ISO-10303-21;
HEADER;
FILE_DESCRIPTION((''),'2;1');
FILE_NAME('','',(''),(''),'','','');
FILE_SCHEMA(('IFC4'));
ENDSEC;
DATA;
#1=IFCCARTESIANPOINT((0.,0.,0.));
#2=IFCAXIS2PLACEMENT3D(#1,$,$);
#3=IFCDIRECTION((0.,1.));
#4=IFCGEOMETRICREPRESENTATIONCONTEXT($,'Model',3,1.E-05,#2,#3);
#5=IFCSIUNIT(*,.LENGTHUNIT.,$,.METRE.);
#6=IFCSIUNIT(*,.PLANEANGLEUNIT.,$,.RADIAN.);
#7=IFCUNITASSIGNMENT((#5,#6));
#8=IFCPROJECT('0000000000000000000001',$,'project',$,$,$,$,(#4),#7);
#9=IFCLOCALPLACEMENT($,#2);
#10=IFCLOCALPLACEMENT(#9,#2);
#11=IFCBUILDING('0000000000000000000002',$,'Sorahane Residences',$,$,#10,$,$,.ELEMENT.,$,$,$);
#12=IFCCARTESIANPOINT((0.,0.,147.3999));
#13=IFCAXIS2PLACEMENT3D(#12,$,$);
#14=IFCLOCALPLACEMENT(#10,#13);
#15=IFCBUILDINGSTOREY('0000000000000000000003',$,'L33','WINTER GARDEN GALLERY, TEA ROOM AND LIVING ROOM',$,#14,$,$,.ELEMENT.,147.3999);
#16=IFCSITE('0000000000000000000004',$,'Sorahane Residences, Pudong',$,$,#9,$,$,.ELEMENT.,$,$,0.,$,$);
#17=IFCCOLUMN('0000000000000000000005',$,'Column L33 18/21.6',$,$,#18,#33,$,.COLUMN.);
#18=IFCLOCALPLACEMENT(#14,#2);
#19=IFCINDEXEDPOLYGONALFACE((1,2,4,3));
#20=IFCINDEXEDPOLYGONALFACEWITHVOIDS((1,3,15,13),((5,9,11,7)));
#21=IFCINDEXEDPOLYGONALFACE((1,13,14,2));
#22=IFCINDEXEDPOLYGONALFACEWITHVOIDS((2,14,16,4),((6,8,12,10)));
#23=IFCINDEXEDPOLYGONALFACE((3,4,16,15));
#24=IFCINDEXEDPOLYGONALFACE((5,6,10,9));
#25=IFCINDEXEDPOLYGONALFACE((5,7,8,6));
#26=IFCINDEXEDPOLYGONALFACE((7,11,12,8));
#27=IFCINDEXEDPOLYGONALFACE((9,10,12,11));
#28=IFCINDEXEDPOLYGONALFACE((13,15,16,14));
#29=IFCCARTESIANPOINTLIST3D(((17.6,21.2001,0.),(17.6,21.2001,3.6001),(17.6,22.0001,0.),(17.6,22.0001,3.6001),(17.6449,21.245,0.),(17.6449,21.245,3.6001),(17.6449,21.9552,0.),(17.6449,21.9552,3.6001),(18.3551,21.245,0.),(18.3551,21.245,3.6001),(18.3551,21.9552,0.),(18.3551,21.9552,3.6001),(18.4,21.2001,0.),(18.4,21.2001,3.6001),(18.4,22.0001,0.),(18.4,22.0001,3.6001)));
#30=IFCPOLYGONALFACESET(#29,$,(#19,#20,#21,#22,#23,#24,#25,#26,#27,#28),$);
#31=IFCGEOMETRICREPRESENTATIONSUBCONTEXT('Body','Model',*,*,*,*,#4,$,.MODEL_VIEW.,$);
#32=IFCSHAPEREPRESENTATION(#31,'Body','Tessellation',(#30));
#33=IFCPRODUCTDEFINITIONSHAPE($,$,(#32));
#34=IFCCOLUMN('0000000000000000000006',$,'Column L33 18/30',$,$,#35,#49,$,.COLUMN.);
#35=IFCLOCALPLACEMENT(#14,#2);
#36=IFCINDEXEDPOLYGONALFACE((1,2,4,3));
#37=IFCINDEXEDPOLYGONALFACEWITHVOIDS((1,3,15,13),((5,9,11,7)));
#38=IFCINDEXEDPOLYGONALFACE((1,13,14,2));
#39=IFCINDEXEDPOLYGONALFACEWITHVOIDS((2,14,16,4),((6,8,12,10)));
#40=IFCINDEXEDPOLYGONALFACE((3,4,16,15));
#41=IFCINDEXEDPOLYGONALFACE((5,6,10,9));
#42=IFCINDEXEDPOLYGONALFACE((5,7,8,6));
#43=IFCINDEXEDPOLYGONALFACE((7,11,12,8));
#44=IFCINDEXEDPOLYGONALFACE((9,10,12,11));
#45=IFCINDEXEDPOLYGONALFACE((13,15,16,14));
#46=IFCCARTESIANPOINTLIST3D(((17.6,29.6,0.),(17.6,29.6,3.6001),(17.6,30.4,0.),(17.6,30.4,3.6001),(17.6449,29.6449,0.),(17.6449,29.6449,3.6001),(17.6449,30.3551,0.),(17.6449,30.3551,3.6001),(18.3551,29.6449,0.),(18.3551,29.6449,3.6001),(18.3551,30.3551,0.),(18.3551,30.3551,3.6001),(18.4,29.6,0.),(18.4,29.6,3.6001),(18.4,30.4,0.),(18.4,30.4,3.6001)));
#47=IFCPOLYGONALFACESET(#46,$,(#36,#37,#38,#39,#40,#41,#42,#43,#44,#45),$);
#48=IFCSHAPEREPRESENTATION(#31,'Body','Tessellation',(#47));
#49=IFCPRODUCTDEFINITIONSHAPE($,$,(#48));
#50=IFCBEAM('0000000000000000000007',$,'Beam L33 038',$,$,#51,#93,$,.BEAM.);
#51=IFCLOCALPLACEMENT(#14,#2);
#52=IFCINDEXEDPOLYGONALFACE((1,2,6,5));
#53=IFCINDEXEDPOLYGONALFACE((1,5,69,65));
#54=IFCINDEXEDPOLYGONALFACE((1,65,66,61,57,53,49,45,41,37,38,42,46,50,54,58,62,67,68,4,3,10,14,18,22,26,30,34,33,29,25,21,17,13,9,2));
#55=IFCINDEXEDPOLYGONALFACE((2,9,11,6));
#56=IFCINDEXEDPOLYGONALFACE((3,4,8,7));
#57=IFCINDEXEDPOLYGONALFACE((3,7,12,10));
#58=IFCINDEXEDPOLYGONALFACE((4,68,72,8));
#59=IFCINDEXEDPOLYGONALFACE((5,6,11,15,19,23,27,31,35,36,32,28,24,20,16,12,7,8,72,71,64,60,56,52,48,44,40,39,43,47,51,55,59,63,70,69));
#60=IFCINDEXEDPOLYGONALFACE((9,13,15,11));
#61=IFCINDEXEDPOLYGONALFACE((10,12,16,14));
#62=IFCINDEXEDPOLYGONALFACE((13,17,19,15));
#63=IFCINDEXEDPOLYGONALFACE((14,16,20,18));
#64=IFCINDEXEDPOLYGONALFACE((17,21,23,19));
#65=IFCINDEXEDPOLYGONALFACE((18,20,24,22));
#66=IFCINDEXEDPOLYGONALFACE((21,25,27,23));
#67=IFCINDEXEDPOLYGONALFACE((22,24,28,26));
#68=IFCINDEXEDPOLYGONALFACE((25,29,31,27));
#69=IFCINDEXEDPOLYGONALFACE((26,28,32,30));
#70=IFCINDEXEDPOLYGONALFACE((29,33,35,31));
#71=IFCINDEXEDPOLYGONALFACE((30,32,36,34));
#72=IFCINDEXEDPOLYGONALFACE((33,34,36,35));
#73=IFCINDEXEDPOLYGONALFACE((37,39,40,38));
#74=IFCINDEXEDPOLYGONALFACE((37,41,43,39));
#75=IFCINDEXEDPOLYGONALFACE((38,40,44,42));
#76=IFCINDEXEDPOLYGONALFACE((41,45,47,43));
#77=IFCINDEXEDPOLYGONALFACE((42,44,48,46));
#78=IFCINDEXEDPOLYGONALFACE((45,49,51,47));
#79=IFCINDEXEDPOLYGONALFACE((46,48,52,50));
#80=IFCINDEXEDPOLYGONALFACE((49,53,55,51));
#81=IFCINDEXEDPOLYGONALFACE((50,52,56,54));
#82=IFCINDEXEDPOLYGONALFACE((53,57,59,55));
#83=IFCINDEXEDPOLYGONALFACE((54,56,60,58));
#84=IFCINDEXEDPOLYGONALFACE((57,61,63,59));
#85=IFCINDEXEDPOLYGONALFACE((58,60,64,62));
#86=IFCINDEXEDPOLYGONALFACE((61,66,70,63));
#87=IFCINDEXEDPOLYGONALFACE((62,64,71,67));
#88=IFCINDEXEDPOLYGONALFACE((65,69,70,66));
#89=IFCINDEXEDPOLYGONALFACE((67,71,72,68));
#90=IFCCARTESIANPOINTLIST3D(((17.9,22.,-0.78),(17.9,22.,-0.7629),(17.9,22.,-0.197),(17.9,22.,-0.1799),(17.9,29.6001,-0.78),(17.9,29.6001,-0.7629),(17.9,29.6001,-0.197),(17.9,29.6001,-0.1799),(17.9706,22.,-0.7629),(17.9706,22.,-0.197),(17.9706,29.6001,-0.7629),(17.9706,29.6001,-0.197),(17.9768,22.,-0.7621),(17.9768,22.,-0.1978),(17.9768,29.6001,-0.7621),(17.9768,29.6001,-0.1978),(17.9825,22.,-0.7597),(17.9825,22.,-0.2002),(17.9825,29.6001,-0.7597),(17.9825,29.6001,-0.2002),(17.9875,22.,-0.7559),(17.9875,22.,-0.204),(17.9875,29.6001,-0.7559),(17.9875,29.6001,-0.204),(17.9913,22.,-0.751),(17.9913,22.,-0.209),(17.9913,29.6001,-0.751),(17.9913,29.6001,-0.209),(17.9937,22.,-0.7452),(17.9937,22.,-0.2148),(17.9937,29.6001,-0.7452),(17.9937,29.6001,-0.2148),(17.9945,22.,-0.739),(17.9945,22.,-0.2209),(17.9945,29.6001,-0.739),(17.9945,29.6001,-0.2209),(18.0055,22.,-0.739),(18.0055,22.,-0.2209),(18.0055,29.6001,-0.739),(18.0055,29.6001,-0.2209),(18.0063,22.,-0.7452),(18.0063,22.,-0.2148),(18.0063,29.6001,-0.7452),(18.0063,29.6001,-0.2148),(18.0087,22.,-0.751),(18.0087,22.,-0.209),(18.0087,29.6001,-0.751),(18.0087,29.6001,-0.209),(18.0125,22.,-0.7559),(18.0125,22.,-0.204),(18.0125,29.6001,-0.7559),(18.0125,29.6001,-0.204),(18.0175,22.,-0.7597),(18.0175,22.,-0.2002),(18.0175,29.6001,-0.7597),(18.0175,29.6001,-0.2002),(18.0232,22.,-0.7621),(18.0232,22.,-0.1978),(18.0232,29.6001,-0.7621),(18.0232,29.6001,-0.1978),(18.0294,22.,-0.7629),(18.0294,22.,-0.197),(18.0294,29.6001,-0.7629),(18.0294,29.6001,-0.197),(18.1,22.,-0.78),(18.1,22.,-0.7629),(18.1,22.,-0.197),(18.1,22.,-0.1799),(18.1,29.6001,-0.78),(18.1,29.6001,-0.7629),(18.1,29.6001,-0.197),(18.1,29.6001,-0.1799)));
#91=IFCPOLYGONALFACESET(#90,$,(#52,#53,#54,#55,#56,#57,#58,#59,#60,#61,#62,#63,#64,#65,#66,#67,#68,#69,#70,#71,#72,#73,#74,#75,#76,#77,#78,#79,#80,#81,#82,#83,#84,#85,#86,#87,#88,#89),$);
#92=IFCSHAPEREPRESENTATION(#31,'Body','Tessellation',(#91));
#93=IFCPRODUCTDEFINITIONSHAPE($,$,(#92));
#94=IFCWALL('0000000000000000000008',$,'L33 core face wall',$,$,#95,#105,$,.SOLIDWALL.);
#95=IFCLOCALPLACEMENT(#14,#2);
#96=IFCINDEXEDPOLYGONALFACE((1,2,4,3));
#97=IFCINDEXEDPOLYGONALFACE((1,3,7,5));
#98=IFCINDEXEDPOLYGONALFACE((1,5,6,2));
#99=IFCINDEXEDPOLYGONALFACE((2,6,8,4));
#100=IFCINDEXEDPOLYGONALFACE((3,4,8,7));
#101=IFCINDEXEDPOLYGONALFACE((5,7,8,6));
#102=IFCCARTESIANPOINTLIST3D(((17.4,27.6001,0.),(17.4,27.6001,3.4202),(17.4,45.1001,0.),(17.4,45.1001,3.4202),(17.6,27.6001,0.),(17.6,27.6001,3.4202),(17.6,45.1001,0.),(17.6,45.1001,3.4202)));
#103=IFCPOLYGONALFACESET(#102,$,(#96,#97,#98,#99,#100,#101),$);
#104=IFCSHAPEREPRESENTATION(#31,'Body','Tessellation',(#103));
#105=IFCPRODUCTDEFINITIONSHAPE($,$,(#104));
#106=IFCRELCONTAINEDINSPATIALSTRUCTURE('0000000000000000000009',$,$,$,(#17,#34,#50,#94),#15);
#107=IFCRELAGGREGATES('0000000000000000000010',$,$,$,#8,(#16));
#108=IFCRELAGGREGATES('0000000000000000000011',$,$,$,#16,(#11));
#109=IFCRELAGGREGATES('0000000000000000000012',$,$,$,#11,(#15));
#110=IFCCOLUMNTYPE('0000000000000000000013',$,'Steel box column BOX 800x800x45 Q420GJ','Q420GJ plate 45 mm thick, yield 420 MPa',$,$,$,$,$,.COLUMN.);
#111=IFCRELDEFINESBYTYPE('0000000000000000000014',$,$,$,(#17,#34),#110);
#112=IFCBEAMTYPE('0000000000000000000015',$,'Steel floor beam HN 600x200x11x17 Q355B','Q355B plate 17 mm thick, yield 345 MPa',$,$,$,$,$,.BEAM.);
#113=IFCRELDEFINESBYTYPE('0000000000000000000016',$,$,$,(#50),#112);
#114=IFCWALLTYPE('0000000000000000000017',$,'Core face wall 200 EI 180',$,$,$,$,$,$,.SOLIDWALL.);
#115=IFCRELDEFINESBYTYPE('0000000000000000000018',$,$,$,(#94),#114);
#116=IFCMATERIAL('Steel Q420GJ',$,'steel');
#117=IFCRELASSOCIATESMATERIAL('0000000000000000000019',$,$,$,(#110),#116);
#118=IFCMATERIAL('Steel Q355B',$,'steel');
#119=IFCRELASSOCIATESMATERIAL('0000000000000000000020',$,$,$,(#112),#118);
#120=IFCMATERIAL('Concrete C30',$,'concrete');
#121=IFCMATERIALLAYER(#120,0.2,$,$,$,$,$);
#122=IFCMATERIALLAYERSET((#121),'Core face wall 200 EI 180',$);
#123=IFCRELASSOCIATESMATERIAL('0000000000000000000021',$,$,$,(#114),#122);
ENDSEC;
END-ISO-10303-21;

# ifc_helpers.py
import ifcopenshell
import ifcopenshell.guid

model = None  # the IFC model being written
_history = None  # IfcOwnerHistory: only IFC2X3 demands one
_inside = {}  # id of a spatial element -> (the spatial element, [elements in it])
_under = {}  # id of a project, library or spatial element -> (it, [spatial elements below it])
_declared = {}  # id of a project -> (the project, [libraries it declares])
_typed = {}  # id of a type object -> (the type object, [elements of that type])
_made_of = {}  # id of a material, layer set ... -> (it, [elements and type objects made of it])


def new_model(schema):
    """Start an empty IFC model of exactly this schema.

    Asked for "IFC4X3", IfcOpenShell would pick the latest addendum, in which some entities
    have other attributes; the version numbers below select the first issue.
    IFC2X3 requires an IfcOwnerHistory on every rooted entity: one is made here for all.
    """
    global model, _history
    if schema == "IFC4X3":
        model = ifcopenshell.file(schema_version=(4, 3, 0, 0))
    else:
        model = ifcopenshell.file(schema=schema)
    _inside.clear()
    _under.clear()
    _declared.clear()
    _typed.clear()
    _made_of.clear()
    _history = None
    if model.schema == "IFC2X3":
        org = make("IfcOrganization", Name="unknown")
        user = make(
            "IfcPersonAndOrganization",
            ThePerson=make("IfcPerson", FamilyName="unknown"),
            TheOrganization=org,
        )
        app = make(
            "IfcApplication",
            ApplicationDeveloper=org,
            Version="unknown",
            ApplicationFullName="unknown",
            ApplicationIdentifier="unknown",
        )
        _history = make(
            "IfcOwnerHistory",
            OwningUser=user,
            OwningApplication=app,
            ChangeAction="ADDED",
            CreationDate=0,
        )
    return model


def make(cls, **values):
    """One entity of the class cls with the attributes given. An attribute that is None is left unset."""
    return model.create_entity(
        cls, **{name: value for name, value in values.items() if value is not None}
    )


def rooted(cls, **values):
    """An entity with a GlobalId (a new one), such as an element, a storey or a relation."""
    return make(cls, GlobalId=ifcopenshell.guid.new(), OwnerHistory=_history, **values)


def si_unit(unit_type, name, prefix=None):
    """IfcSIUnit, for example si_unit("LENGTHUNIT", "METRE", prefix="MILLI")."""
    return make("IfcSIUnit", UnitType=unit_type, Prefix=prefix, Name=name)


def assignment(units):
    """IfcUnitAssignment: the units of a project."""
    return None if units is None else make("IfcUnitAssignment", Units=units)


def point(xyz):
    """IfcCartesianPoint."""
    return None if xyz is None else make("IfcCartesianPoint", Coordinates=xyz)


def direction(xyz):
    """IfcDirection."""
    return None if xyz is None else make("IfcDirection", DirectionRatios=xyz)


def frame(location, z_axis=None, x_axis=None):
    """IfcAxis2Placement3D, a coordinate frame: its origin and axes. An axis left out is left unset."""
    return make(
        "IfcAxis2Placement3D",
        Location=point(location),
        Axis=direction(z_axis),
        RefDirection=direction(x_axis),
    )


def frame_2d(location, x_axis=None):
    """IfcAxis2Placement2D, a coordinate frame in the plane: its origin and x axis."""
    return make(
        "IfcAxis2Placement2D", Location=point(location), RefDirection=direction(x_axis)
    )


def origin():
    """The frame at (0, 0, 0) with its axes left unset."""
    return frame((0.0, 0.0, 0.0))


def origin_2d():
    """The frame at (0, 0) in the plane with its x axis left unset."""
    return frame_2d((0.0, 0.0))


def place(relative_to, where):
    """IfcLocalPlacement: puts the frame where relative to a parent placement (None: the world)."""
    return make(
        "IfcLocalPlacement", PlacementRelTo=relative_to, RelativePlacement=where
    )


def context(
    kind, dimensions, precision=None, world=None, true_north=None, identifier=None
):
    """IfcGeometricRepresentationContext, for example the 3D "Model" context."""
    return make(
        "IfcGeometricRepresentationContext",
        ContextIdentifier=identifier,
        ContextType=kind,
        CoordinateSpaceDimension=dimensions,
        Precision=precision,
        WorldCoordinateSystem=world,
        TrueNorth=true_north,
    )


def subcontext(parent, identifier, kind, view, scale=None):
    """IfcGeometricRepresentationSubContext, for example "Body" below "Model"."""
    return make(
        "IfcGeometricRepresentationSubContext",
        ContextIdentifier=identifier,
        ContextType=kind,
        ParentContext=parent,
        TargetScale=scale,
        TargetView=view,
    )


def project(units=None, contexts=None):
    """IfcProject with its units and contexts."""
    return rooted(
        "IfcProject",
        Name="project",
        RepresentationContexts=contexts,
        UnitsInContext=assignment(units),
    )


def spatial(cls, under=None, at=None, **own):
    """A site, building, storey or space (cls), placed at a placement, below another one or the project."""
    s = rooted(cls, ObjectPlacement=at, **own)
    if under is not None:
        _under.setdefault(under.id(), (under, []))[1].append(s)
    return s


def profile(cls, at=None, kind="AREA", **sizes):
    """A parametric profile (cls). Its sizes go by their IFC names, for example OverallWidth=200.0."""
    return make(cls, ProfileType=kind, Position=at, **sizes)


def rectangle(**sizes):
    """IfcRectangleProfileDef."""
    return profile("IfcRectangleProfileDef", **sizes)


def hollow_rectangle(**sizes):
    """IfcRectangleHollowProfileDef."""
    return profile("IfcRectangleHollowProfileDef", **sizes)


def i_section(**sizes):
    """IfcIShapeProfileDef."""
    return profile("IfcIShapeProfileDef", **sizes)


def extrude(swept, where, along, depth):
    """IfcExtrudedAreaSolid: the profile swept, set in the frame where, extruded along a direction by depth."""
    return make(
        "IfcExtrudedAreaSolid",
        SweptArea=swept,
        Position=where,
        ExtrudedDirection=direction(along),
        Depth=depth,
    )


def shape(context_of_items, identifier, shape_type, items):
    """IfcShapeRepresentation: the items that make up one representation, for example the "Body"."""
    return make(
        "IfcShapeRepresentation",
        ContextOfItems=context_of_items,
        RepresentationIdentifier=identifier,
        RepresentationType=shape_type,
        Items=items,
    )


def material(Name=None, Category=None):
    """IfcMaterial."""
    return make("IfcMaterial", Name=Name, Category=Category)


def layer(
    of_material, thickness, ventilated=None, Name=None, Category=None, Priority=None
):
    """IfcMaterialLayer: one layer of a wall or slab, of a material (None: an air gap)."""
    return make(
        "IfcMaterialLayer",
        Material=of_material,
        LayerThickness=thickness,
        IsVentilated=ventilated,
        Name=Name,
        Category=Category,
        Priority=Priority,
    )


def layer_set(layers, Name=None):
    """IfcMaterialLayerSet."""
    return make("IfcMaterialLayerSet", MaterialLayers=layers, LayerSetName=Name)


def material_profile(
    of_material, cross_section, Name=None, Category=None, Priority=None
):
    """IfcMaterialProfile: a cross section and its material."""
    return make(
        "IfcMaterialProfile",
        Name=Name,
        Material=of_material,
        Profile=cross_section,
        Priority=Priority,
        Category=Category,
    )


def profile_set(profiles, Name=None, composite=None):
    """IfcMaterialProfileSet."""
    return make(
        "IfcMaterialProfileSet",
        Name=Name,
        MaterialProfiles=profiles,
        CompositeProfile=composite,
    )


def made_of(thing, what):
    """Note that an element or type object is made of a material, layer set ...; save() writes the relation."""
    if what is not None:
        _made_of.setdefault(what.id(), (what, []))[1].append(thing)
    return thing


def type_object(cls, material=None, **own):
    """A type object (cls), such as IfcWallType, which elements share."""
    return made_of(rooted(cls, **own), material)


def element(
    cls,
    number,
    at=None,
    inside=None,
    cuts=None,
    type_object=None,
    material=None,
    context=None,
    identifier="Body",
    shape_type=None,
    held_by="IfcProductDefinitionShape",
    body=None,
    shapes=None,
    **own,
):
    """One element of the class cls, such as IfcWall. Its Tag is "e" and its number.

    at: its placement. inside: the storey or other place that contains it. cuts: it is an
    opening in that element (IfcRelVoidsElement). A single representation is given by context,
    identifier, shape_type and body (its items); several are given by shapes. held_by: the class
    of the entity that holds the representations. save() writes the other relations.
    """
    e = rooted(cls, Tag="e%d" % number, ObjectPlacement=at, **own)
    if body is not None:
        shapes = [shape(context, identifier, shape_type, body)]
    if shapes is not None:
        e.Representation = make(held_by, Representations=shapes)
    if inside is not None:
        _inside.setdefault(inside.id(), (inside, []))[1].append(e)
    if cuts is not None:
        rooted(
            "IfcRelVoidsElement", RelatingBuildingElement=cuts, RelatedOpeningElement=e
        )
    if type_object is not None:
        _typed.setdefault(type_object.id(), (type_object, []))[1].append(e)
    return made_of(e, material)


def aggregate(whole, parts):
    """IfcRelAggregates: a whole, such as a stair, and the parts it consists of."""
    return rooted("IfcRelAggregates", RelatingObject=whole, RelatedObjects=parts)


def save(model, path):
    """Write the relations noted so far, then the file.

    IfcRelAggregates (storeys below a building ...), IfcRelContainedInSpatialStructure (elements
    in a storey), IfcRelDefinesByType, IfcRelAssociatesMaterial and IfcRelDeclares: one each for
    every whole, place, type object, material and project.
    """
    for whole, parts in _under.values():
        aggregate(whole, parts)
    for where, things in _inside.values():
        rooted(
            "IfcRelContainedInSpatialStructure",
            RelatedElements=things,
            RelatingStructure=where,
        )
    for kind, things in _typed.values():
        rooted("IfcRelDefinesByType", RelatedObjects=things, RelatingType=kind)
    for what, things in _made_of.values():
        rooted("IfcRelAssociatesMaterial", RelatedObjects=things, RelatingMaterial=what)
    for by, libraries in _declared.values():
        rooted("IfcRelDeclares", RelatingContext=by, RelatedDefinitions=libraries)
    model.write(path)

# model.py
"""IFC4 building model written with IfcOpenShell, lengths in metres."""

from ifc_helpers import new_model, si_unit, direction, frame, frame_2d, origin, origin_2d, place, context, subcontext, project, spatial, rectangle, hollow_rectangle, i_section, extrude, material, layer, layer_set, material_profile, profile_set, type_object, element, save


model = new_model("IFC4")

# Units and contexts
model_context = context("Model", 3, precision=1e-05, world=origin(), true_north=direction((0.0, 1.0)))
body_context = subcontext(model_context, "Body", "Model", "MODEL_VIEW")
ifc_project = project(units=[si_unit("LENGTHUNIT", "METRE"), si_unit("PLANEANGLEUNIT", "RADIAN")], contexts=[model_context])

# Site, building, storey
site_placement = place(None, origin())
site = spatial("IfcSite", under=ifc_project, at=site_placement, Name="Sorahane Residences, Pudong", CompositionType="ELEMENT", RefElevation=0.0)
building_placement = place(site_placement, origin())
building = spatial("IfcBuilding", under=site, at=building_placement, Name="Sorahane Residences", CompositionType="ELEMENT")
storey_placement = place(building_placement, frame((0.0, 0.0, 147.3999)))
storey = spatial("IfcBuildingStorey", under=building, at=storey_placement, Name="L33", Description="WINTER GARDEN GALLERY, TEA ROOM AND LIVING ROOM", CompositionType="ELEMENT", Elevation=147.3999)

# Columns
ifc_material_1 = material(Name="Steel Q420GJ", Category="steel")
ifc_material_profile_1 = material_profile(ifc_material_1, hollow_rectangle(XDim=0.8, YDim=0.8, WallThickness=0.0449, at=origin_2d()), Name="BOX 800x800x45")
ifc_profile_set_1 = profile_set([ifc_material_profile_1], Name="Steel Q420GJ")
column_type = type_object("IfcColumnType", Name="Steel box column BOX 800x800x45 Q420GJ", Description="Q420GJ plate 45 mm thick, yield 420 MPa", PredefinedType="COLUMN", material=ifc_profile_set_1)
for number, where, z_axis, x_axis, name in (
    (1, (18.0, 21.6001, 0.0), (0.0, 0.0, 1.0), (1.0, 0.0, 0.0), "Column L33 18/21.6"),
    (2, (18.0, 30.0, 0.0), (0.0, 0.0, 1.0), (1.0, 0.0, 0.0), "Column L33 18/30"),
):
    element("IfcColumn", number, at=place(storey_placement, frame(where, z_axis=z_axis, x_axis=x_axis)), inside=storey, type_object=column_type, Name=name, PredefinedType="COLUMN", context=body_context, shape_type="SweptSolid", body=[
        extrude(hollow_rectangle(XDim=0.8, YDim=0.8, WallThickness=0.0449, at=origin_2d()), origin(), (0.0, 0.0, 1.0), 3.6001),
    ])

# Beam
ifc_material_2 = material(Name="Steel Q355B", Category="steel")
ifc_material_profile_2 = material_profile(ifc_material_2, i_section(OverallWidth=0.2, OverallDepth=0.6001, WebThickness=0.011, FlangeThickness=0.0171, FilletRadius=0.0239, at=origin_2d()), Name="HN 600x200x11x17")
ifc_profile_set_2 = profile_set([ifc_material_profile_2], Name="Steel Q355B")
beam_type = type_object("IfcBeamType", Name="Steel floor beam HN 600x200x11x17 Q355B", Description="Q355B plate 17 mm thick, yield 345 MPa", PredefinedType="BEAM", material=ifc_profile_set_2)
beam_placement = place(storey_placement, frame((18.0, 22.0, -0.48), z_axis=(0.0, 1.0, 0.0), x_axis=(-1.0, 0.0, 0.0)))
element("IfcBeam", 3, at=beam_placement, inside=storey, type_object=beam_type, Name="Beam L33 038", PredefinedType="BEAM", context=body_context, shape_type="SweptSolid", body=[
    extrude(i_section(OverallWidth=0.2, OverallDepth=0.6001, WebThickness=0.011, FlangeThickness=0.0171, FilletRadius=0.0239, at=origin_2d()), origin(), (0.0, 0.0, 1.0), 7.6001),
])

# Wall
ifc_material_3 = material(Name="Concrete C30", Category="concrete")
ifc_layer_1 = layer(ifc_material_3, 0.2)
ifc_layer_set_1 = layer_set([ifc_layer_1], Name="Core face wall 200 EI 180")
wall_type_1 = type_object("IfcWallType", Name="Core face wall 200 EI 180", PredefinedType="SOLIDWALL", material=ifc_layer_set_1)
wall_1_placement = place(storey_placement, frame((17.5, 27.6001, 0.0), z_axis=(0.0, 0.0, 1.0), x_axis=(0.0, 1.0, 0.0)))
element("IfcWall", 4, at=wall_1_placement, inside=storey, type_object=wall_type_1, Name="L33 core face wall", PredefinedType="SOLIDWALL", context=body_context, shape_type="SweptSolid", body=[
    extrude(rectangle(XDim=17.5, YDim=0.2, at=frame_2d((8.75, 0.0))), origin(), (0.0, 0.0, 1.0), 3.4202),
])

save(model, "model.ifc")
